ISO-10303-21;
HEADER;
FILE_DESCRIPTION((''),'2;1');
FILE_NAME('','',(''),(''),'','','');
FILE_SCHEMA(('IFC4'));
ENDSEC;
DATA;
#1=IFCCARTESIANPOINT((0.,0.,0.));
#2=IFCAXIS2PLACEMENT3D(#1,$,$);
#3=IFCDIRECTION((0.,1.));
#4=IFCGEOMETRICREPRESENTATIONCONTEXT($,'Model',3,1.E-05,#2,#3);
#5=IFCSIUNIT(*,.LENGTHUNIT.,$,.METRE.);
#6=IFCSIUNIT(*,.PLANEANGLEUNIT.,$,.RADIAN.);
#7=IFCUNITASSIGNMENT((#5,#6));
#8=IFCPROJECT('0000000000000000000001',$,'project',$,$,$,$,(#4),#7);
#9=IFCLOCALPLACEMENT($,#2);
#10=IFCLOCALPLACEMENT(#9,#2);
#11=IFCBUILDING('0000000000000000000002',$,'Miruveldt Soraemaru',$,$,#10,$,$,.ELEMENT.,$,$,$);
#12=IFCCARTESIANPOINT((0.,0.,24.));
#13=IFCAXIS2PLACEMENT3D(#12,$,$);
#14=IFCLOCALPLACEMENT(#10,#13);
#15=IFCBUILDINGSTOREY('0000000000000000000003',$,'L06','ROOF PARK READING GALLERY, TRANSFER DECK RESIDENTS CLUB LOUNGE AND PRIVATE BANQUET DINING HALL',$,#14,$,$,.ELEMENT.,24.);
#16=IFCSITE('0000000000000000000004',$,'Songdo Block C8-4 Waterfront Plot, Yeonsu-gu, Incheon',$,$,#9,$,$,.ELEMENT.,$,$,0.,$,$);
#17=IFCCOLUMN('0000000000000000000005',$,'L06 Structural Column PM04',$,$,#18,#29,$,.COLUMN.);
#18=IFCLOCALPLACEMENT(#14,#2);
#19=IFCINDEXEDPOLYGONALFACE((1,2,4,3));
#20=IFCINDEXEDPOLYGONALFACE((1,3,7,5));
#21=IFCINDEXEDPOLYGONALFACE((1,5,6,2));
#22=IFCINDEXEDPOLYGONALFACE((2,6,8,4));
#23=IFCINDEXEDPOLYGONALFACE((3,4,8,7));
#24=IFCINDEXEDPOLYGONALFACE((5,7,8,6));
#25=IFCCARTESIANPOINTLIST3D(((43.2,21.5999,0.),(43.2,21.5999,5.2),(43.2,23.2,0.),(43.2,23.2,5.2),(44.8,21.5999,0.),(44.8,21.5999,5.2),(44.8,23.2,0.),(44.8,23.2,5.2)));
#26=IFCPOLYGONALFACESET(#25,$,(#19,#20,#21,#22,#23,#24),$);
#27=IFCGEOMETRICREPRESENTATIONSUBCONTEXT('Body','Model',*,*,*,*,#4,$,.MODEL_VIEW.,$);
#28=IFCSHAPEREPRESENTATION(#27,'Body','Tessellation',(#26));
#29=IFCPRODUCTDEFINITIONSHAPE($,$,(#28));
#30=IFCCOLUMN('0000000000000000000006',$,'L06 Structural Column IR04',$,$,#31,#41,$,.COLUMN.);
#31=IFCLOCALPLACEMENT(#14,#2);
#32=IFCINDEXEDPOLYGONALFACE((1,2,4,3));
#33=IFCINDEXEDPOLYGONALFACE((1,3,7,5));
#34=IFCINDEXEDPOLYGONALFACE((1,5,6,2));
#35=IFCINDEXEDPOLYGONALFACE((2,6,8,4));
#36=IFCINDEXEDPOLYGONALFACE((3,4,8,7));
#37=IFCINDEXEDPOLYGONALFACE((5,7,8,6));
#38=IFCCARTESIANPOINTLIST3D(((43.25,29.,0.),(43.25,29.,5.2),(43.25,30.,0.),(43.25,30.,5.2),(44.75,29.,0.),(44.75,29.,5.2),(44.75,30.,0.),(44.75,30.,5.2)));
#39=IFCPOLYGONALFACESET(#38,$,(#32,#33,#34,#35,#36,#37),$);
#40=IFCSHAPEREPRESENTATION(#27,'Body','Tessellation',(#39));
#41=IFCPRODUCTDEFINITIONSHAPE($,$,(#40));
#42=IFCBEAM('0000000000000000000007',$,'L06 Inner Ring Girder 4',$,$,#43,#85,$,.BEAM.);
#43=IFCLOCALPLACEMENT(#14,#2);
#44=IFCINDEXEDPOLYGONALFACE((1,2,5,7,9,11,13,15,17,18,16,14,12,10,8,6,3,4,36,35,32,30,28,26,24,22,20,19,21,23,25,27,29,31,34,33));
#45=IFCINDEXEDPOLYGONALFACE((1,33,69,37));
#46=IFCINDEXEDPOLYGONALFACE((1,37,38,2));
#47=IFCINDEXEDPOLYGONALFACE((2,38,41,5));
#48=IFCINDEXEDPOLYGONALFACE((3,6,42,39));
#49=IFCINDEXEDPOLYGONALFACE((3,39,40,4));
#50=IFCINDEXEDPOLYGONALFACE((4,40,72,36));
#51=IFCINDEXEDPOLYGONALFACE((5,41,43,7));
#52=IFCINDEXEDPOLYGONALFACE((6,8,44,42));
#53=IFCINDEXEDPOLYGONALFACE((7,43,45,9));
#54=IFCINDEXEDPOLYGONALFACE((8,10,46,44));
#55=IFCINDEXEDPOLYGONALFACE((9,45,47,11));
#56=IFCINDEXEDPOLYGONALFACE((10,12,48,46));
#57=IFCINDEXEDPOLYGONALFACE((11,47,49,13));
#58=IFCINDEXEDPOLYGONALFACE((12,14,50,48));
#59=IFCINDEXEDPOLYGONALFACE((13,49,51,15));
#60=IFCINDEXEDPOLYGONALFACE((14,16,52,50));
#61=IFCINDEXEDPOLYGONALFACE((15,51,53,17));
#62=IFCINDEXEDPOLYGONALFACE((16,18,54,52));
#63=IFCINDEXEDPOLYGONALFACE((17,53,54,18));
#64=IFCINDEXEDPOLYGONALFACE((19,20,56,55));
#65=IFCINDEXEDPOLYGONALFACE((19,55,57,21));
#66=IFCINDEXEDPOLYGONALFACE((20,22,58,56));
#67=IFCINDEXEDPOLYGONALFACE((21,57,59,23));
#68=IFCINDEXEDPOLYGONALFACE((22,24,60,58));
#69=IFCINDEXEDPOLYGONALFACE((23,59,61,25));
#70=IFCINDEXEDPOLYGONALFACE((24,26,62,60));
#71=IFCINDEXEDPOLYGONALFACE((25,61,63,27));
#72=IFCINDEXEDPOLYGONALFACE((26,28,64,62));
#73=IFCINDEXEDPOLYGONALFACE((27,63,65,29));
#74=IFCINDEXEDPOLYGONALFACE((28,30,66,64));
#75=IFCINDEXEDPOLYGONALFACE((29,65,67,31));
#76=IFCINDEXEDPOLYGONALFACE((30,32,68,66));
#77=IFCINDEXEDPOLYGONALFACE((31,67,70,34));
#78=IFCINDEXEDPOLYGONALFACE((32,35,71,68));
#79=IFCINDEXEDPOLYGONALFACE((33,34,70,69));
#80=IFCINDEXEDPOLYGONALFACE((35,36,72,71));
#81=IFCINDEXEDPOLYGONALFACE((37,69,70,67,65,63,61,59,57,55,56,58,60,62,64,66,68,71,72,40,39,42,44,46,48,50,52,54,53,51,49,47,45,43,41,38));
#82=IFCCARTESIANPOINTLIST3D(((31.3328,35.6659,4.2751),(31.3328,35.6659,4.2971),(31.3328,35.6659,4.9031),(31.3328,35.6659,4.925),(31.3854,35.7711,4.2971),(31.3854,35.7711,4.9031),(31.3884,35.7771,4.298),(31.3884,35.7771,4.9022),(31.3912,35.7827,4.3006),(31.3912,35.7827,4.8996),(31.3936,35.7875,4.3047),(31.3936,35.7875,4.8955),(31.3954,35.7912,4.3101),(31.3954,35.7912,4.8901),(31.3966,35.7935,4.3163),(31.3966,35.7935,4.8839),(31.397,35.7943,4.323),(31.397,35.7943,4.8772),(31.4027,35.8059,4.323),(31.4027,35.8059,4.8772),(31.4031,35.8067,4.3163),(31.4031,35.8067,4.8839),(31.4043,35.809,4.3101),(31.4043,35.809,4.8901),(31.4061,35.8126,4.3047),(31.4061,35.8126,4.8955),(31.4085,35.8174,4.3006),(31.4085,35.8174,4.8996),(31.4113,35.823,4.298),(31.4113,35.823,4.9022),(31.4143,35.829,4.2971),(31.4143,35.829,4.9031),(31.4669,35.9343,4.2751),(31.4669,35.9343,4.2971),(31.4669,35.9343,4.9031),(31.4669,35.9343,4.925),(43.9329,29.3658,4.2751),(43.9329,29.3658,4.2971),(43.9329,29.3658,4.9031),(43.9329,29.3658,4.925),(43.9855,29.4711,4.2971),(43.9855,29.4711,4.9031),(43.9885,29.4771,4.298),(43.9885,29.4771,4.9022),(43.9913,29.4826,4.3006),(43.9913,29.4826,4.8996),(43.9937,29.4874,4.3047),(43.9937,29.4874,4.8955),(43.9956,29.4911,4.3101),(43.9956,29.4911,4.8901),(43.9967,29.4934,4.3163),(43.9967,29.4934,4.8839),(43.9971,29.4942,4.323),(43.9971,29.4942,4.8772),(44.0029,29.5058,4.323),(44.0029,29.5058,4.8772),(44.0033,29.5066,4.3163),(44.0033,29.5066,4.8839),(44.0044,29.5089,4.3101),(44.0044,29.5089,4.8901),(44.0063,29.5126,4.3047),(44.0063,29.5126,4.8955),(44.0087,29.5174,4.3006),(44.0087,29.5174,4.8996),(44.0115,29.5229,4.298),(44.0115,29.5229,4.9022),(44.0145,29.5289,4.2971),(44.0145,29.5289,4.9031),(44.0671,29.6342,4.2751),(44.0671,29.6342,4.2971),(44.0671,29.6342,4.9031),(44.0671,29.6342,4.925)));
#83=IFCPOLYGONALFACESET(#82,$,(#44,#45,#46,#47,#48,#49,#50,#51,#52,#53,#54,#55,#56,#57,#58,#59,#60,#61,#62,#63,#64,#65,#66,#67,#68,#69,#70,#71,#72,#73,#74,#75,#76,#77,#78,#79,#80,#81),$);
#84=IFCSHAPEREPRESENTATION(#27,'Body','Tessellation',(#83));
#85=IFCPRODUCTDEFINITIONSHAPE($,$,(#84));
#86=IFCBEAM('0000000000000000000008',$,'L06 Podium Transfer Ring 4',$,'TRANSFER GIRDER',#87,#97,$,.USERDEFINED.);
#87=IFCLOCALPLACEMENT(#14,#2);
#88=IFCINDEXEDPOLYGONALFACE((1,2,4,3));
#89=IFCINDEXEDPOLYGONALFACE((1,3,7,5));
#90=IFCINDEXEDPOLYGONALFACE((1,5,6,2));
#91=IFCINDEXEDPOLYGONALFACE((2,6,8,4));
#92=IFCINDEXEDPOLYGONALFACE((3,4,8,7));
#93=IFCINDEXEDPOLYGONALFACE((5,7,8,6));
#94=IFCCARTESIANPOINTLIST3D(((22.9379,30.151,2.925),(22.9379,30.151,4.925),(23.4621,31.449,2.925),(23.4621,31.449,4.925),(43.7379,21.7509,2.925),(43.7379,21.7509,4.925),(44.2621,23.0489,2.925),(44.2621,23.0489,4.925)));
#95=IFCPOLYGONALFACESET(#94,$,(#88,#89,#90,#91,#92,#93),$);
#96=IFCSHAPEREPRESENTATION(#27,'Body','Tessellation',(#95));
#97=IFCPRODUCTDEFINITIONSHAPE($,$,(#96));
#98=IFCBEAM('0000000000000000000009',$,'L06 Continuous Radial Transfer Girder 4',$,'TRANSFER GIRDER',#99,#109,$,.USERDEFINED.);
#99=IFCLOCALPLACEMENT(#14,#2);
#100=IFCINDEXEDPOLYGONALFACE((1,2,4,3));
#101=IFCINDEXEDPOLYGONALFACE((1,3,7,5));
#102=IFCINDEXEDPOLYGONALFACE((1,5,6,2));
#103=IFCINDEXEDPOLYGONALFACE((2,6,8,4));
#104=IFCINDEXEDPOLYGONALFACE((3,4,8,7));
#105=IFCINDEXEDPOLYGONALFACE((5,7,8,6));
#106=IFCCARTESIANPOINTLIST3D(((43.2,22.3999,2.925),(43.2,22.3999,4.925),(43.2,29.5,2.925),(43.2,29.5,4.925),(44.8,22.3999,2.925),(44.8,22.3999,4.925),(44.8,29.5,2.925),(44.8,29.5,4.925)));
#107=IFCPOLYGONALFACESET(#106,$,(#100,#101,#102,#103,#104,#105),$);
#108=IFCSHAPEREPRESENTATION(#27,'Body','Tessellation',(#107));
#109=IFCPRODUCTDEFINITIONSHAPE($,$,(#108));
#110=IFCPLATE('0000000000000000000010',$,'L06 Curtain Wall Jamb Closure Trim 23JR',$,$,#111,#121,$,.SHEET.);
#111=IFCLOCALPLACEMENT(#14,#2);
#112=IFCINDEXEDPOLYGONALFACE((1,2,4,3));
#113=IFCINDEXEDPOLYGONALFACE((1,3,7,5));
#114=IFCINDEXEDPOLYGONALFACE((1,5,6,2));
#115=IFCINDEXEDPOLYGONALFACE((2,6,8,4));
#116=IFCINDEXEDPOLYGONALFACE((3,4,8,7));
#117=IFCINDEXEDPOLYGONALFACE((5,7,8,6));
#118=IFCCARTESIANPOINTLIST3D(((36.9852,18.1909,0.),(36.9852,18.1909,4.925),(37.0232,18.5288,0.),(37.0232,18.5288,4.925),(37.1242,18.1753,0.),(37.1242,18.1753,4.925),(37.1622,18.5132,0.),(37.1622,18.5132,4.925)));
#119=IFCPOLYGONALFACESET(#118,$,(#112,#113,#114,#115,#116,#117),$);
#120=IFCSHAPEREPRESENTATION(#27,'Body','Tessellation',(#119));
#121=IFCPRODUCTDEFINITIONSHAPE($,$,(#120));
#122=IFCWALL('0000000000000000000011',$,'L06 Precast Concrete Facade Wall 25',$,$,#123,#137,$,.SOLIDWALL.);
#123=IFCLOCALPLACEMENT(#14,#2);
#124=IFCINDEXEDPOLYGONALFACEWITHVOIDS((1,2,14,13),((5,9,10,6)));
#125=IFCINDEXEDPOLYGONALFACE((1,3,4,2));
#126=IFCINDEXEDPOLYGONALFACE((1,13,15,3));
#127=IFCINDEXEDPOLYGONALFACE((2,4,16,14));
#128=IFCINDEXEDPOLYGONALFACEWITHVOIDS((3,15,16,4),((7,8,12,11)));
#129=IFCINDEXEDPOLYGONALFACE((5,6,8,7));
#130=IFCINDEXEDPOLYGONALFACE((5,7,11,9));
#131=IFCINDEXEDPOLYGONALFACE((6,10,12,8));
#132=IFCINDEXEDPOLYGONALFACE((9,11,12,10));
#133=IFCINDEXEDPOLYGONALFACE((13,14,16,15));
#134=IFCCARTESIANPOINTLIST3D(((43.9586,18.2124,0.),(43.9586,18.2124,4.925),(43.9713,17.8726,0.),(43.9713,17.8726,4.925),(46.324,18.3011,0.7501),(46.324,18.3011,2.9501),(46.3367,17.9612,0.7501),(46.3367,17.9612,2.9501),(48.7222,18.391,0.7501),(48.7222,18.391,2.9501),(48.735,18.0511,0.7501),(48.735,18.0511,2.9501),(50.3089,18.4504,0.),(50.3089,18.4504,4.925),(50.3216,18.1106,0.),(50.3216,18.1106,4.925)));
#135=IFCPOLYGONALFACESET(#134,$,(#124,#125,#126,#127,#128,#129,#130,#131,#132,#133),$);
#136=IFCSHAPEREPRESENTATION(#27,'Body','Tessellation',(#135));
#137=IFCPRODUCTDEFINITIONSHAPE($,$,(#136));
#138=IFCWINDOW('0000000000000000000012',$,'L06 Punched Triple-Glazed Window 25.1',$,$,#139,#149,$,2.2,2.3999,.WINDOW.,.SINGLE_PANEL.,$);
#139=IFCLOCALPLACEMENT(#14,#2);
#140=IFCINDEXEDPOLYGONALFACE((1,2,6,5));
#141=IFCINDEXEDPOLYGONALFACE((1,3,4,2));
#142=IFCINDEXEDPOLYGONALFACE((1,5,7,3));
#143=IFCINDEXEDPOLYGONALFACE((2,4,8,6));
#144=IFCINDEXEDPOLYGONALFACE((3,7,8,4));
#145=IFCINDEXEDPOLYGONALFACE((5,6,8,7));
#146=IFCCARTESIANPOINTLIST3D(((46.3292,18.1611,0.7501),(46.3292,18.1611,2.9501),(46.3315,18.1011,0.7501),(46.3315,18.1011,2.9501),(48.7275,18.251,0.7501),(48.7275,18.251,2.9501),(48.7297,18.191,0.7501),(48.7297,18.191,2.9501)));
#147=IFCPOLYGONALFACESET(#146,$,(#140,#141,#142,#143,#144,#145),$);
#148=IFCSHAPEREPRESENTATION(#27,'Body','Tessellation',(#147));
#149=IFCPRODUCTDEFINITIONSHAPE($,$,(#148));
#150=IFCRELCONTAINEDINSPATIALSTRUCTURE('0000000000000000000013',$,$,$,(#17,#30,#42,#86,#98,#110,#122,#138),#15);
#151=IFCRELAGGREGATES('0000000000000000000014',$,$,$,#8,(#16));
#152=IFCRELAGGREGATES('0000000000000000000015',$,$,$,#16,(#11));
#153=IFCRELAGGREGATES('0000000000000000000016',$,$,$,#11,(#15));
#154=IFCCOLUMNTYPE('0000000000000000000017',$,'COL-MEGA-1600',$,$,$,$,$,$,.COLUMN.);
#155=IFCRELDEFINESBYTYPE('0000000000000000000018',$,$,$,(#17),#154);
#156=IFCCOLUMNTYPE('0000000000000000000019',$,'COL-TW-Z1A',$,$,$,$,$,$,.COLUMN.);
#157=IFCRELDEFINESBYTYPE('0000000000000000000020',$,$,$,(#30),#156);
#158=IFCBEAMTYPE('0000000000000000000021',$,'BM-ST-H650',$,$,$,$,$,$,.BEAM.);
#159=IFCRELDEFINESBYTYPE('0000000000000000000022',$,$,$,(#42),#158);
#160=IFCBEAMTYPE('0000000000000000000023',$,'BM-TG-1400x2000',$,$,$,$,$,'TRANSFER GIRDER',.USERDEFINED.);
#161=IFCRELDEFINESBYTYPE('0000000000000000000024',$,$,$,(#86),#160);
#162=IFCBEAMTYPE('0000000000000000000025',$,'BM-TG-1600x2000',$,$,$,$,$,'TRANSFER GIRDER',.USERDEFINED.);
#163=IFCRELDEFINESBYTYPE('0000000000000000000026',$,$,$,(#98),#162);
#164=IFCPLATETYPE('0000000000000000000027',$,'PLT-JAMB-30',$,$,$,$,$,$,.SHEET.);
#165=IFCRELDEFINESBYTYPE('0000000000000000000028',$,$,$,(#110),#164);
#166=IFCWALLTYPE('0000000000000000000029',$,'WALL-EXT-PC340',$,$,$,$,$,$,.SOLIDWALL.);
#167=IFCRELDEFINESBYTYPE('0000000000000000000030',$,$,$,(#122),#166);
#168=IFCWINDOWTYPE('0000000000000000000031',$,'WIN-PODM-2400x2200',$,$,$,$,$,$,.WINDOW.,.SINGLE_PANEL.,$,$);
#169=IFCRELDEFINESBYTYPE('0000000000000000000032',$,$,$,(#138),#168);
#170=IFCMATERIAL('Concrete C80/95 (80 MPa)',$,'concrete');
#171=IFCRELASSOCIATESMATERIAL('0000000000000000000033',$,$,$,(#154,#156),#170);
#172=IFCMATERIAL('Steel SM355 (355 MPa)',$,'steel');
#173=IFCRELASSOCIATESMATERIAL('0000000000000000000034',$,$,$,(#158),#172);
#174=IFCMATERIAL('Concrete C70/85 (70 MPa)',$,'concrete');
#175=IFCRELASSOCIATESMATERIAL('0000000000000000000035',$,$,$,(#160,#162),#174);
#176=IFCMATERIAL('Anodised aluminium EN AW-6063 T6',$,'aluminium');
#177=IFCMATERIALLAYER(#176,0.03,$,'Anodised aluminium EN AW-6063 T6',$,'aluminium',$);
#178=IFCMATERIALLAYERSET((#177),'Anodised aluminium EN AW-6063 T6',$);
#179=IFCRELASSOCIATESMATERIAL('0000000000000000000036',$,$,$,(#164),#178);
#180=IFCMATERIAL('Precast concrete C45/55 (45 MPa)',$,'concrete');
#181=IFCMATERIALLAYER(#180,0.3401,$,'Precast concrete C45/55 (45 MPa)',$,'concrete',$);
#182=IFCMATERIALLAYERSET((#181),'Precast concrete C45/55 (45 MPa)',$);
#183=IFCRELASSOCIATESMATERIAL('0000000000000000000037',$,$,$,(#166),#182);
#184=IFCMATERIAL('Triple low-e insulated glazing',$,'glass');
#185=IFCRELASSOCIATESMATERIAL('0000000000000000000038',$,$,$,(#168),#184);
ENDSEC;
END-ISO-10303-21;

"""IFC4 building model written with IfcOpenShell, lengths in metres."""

from ifc_helpers import new_model, si_unit, direction, frame, frame_2d, origin, origin_2d, place, context, subcontext, project, spatial, rectangle, i_section, extrude, material, layer, layer_set, material_profile, profile_set, type_object, element, fill, save


model = new_model("IFC4")

# Units and contexts
model_context = context("Model", 3, precision=1e-05, world=origin(), true_north=direction((0.0, 1.0)))
body_context = subcontext(model_context, "Body", "Model", "MODEL_VIEW")
ifc_project = project(units=[si_unit("LENGTHUNIT", "METRE"), si_unit("PLANEANGLEUNIT", "RADIAN")], contexts=[model_context])

# Site, building, storey
site_placement = place(None, origin())
site = spatial("IfcSite", under=ifc_project, at=site_placement, Name="Songdo Block C8-4 Waterfront Plot, Yeonsu-gu, Incheon", CompositionType="ELEMENT", RefElevation=0.0)
building_placement = place(site_placement, origin())
building = spatial("IfcBuilding", under=site, at=building_placement, Name="Miruveldt Soraemaru", CompositionType="ELEMENT")
storey_placement = place(building_placement, frame((0.0, 0.0, 24.0)))
storey = spatial("IfcBuildingStorey", under=building, at=storey_placement, Name="L06", Description="ROOF PARK READING GALLERY, TRANSFER DECK RESIDENTS CLUB LOUNGE AND PRIVATE BANQUET DINING HALL", CompositionType="ELEMENT", Elevation=24.0)

# Columns
ifc_material_1 = material(Name="Concrete C80/95 (80 MPa)", Category="concrete")
ifc_material_profile_1 = material_profile(ifc_material_1, rectangle(XDim=1.6001, YDim=1.6001, at=origin_2d()), Name="Concrete C80/95 (80 MPa)", Category="concrete")
ifc_profile_set_1 = profile_set([ifc_material_profile_1], Name="Concrete C80/95 (80 MPa)")
column_type_1 = type_object("IfcColumnType", Name="COL-MEGA-1600", PredefinedType="COLUMN", material=ifc_profile_set_1)
column_1_placement = place(storey_placement, frame((44.0, 22.3999, 0.0), z_axis=(0.0, 0.0, 1.0), x_axis=(1.0, 0.0, 0.0)))
element("IfcColumn", 1, at=column_1_placement, inside=storey, type_object=column_type_1, Name="L06 Structural Column PM04", PredefinedType="COLUMN", context=body_context, shape_type="SweptSolid", body=[
    extrude(rectangle(XDim=1.6001, YDim=1.6001, at=origin_2d()), origin(), (0.0, 0.0, 1.0), 5.2),
])
ifc_material_profile_2 = material_profile(ifc_material_1, rectangle(XDim=1.5, YDim=1.0, at=origin_2d()), Name="Concrete C80/95 (80 MPa)", Category="concrete")
ifc_profile_set_2 = profile_set([ifc_material_profile_2], Name="Concrete C80/95 (80 MPa)")
column_type_2 = type_object("IfcColumnType", Name="COL-TW-Z1A", PredefinedType="COLUMN", material=ifc_profile_set_2)
column_2_placement = place(storey_placement, frame((44.0, 29.5, 0.0), z_axis=(0.0, 0.0, 1.0), x_axis=(1.0, 0.0, 0.0)))
element("IfcColumn", 2, at=column_2_placement, inside=storey, type_object=column_type_2, Name="L06 Structural Column IR04", PredefinedType="COLUMN", context=body_context, shape_type="SweptSolid", body=[
    extrude(rectangle(XDim=1.5, YDim=1.0, at=origin_2d()), origin(), (0.0, 0.0, 1.0), 5.2),
])

# Beams
ifc_material_2 = material(Name="Steel SM355 (355 MPa)", Category="steel")
ifc_material_profile_3 = material_profile(ifc_material_2, i_section(OverallWidth=0.3, OverallDepth=0.6499, WebThickness=0.0129, FlangeThickness=0.022, FilletRadius=0.0259, at=origin_2d()), Name="Steel SM355 (355 MPa)", Category="steel")
ifc_profile_set_3 = profile_set([ifc_material_profile_3], Name="Steel SM355 (355 MPa)")
beam_type_1 = type_object("IfcBeamType", Name="BM-ST-H650", PredefinedType="BEAM", material=ifc_profile_set_3)
beam_1_placement = place(storey_placement, frame((44.0, 29.5, 4.6001), z_axis=(-0.894427, 0.447214, 0.0), x_axis=(-0.447214, -0.894427, 0.0)))
element("IfcBeam", 3, at=beam_1_placement, inside=storey, type_object=beam_type_1, Name="L06 Inner Ring Girder 4", PredefinedType="BEAM", context=body_context, shape_type="SweptSolid", body=[
    extrude(i_section(OverallWidth=0.3, OverallDepth=0.6499, WebThickness=0.0129, FlangeThickness=0.022, FilletRadius=0.0259, at=origin_2d()), origin(), (0.0, 0.0, 1.0), 14.0874),
])
ifc_material_3 = material(Name="Concrete C70/85 (70 MPa)", Category="concrete")
ifc_material_profile_4 = material_profile(ifc_material_3, rectangle(XDim=1.3999, YDim=2.0, at=origin_2d()), Name="Concrete C70/85 (70 MPa)", Category="concrete")
ifc_profile_set_4 = profile_set([ifc_material_profile_4], Name="Concrete C70/85 (70 MPa)")
beam_type_2 = type_object("IfcBeamType", Name="BM-TG-1400x2000", ElementType="TRANSFER GIRDER", PredefinedType="USERDEFINED", material=ifc_profile_set_4)
beam_2_placement = place(storey_placement, frame((44.0, 22.3999, 3.925), z_axis=(-0.92724, 0.374468, 0.0), x_axis=(-0.374468, -0.92724, 0.0)))
element("IfcBeam", 4, at=beam_2_placement, inside=storey, type_object=beam_type_2, Name="L06 Podium Transfer Ring 4", ObjectType="TRANSFER GIRDER", PredefinedType="USERDEFINED", context=body_context, shape_type="SweptSolid", body=[
    extrude(rectangle(XDim=1.3999, YDim=2.0, at=origin_2d()), origin(), (0.0, 0.0, 1.0), 22.4321),
])
ifc_material_profile_5 = material_profile(ifc_material_3, rectangle(XDim=1.6001, YDim=2.0, at=origin_2d()), Name="Concrete C70/85 (70 MPa)", Category="concrete")
ifc_profile_set_5 = profile_set([ifc_material_profile_5], Name="Concrete C70/85 (70 MPa)")
beam_type_3 = type_object("IfcBeamType", Name="BM-TG-1600x2000", ElementType="TRANSFER GIRDER", PredefinedType="USERDEFINED", material=ifc_profile_set_5)
beam_3_placement = place(storey_placement, frame((44.0, 29.5, 3.925), z_axis=(0.0, -1.0, 0.0), x_axis=(1.0, 0.0, 0.0)))
element("IfcBeam", 5, at=beam_3_placement, inside=storey, type_object=beam_type_3, Name="L06 Continuous Radial Transfer Girder 4", ObjectType="TRANSFER GIRDER", PredefinedType="USERDEFINED", context=body_context, shape_type="SweptSolid", body=[
    extrude(rectangle(XDim=1.6001, YDim=2.0, at=origin_2d()), origin(), (0.0, 0.0, 1.0), 7.1001),
])

# Plate
ifc_material_4 = material(Name="Anodised aluminium EN AW-6063 T6", Category="aluminium")
ifc_layer_1 = layer(ifc_material_4, 0.03, Name="Anodised aluminium EN AW-6063 T6", Category="aluminium")
ifc_layer_set_1 = layer_set([ifc_layer_1], Name="Anodised aluminium EN AW-6063 T6")
plate_type = type_object("IfcPlateType", Name="PLT-JAMB-30", PredefinedType="SHEET", material=ifc_layer_set_1)
plate_placement = place(storey_placement, frame((37.0737, 18.3521, 0.0), z_axis=(0.0, 0.0, 1.0), x_axis=(0.993733, -0.111781, 0.0)))
element("IfcPlate", 6, at=plate_placement, inside=storey, type_object=plate_type, Name="L06 Curtain Wall Jamb Closure Trim 23JR", PredefinedType="SHEET", context=body_context, shape_type="SweptSolid", body=[
    extrude(rectangle(XDim=0.1399, YDim=0.3401, at=origin_2d()), origin(), (0.0, 0.0, 1.0), 4.925),
])

# Shared definitions
ifc_material_5 = material(Name="Precast concrete C45/55 (45 MPa)", Category="concrete")
ifc_layer_2 = layer(ifc_material_5, 0.3401, Name="Precast concrete C45/55 (45 MPa)", Category="concrete")
ifc_layer_set_2 = layer_set([ifc_layer_2], Name="Precast concrete C45/55 (45 MPa)")
wall_type_1 = type_object("IfcWallType", Name="WALL-EXT-PC340", PredefinedType="SOLIDWALL", material=ifc_layer_set_2)

# Wall, opening, window
wall_1_placement = place(storey_placement, frame((43.9651, 18.0425, 0.0), z_axis=(0.0, 0.0, 1.0), x_axis=(0.999298, 0.037458, 0.0)))
wall_1 = element("IfcWall", 7, at=wall_1_placement, inside=storey, type_object=wall_type_1, Name="L06 Precast Concrete Facade Wall 25", PredefinedType="SOLIDWALL", context=body_context, shape_type="SweptSolid", body=[
    extrude(rectangle(XDim=6.3547, YDim=0.3401, at=frame_2d((3.1772, 0.0))), origin(), (0.0, 0.0, 1.0), 4.925),
])
opening_1_placement = place(wall_1_placement, frame((2.3669, 0.0, 0.75)))
opening_1 = element("IfcOpeningElement", 8, at=opening_1_placement, cuts=wall_1, PredefinedType="OPENING", context=body_context, shape_type="SweptSolid", body=[
    extrude(rectangle(XDim=2.3999, YDim=2.2, at=frame_2d((1.2, 1.1001))), frame((0.0, 0.1802, 0.0), z_axis=(0.0, -1.0, 0.0), x_axis=(1.0, 0.0, 0.0)), (0.0, 0.0, 1.0), 0.3601),
])
ifc_material_6 = material(Name="Triple low-e insulated glazing", Category="glass")
window_type = type_object("IfcWindowType", Name="WIN-PODM-2400x2200", PartitioningType="SINGLE_PANEL", PredefinedType="WINDOW", material=ifc_material_6)
window_1_placement = place(opening_1_placement, origin())
window_1 = element("IfcWindow", 9, at=window_1_placement, inside=storey, type_object=window_type, Name="L06 Punched Triple-Glazed Window 25.1", OverallHeight=2.2, OverallWidth=2.3999, PartitioningType="SINGLE_PANEL", PredefinedType="WINDOW", context=body_context, shape_type="SweptSolid", body=[
    extrude(rectangle(XDim=2.3999, YDim=2.2, at=frame_2d((1.2, 1.1001))), frame((0.0, 0.03, 0.0), z_axis=(0.0, -1.0, 0.0), x_axis=(1.0, 0.0, 0.0)), (0.0, 0.0, 1.0), 0.0601),
])
fill(opening_1, window_1)

save(model, "model.ifc")
